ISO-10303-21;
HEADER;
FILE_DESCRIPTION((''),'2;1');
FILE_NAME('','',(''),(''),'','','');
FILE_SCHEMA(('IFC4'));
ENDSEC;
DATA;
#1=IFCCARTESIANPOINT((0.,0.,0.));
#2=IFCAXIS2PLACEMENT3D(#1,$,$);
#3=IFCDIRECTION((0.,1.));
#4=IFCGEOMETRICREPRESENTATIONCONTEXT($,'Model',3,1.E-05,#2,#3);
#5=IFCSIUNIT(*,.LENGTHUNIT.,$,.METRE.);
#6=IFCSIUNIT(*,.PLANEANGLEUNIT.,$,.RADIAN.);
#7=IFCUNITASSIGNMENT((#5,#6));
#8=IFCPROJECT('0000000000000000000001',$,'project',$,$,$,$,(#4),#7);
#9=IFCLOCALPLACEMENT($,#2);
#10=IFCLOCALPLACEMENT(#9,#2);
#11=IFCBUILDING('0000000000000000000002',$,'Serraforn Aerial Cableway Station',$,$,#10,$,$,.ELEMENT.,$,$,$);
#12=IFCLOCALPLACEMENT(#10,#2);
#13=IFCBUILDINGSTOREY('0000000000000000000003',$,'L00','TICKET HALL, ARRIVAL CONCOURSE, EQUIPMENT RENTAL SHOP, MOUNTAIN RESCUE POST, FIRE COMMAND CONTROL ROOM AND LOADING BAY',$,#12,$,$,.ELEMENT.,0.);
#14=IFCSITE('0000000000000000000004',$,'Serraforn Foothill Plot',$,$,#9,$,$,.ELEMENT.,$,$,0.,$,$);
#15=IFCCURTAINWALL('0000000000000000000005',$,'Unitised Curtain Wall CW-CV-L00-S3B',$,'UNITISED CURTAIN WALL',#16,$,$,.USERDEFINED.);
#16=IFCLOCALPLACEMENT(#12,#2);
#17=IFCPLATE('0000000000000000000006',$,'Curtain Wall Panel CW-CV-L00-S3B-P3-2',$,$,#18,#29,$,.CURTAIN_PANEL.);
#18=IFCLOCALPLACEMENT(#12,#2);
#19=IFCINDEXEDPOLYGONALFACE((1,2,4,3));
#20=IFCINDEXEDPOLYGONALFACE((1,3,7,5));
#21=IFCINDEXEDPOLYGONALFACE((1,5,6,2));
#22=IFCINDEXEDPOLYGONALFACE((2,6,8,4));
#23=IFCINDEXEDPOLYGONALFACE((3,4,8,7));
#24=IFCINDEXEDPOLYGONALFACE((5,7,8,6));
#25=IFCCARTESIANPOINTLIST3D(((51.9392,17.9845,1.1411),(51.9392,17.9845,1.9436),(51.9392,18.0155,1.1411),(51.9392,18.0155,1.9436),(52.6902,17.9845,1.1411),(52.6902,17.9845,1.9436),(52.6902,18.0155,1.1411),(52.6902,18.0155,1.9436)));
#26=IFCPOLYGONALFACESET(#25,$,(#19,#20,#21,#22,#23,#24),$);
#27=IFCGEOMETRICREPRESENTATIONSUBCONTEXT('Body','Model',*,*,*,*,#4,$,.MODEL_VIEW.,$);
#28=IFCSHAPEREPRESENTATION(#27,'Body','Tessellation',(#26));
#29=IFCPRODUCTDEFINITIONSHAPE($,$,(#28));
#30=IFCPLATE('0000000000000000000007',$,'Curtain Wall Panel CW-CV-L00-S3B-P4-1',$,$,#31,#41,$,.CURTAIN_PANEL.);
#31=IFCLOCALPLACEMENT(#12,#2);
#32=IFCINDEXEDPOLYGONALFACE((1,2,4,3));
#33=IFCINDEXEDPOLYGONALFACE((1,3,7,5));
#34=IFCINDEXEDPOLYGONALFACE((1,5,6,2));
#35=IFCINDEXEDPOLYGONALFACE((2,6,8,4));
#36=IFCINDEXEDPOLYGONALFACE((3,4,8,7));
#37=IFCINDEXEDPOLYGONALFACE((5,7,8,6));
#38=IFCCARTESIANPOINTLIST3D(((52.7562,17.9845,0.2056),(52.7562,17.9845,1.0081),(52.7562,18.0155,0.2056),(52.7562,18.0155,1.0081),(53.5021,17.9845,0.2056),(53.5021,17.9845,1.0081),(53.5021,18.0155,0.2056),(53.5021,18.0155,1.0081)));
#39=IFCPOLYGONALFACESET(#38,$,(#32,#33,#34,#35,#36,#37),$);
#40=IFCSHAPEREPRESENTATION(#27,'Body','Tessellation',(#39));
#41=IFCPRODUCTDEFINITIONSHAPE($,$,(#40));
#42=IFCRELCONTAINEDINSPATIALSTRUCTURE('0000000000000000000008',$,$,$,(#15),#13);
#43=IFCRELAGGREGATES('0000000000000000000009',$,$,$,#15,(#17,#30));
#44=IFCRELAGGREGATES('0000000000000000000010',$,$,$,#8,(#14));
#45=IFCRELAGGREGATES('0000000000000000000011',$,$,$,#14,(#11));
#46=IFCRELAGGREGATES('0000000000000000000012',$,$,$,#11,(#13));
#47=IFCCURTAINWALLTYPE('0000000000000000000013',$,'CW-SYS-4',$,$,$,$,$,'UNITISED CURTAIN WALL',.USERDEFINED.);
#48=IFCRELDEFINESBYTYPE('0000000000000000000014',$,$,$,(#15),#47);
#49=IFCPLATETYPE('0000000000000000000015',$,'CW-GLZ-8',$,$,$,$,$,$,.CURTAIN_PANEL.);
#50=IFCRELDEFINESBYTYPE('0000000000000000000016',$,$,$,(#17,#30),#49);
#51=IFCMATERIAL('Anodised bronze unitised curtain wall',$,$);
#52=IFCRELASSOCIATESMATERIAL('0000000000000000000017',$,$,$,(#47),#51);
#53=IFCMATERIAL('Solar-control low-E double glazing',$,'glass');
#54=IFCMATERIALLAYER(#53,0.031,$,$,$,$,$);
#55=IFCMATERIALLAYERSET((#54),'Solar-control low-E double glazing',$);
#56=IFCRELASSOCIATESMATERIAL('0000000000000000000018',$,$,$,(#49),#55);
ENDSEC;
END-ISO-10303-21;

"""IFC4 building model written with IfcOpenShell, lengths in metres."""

from ifc_helpers import new_model, si_unit, direction, frame, origin, origin_2d, place, context, subcontext, project, spatial, rectangle, extrude, material, layer, layer_set, type_object, element, aggregate, save


model = new_model("IFC4")

# Units and contexts
model_context = context("Model", 3, precision=1e-05, world=origin(), true_north=direction((0.0, 1.0)))
body_context = subcontext(model_context, "Body", "Model", "MODEL_VIEW")
ifc_project = project(units=[si_unit("LENGTHUNIT", "METRE"), si_unit("PLANEANGLEUNIT", "RADIAN")], contexts=[model_context])

# Site, building, storey
site_placement = place(None, origin())
site = spatial("IfcSite", under=ifc_project, at=site_placement, Name="Serraforn Foothill Plot", CompositionType="ELEMENT", RefElevation=0.0)
building_placement = place(site_placement, origin())
building = spatial("IfcBuilding", under=site, at=building_placement, Name="Serraforn Aerial Cableway Station", CompositionType="ELEMENT")
storey_placement = place(building_placement, origin())
storey = spatial("IfcBuildingStorey", under=building, at=storey_placement, Name="L00", Description="TICKET HALL, ARRIVAL CONCOURSE, EQUIPMENT RENTAL SHOP, MOUNTAIN RESCUE POST, FIRE COMMAND CONTROL ROOM AND LOADING BAY", CompositionType="ELEMENT", Elevation=0.0)

# Curtain wall
ifc_material_1 = material(Name="Anodised bronze unitised curtain wall")
curtain_wall_type_1 = type_object("IfcCurtainWallType", Name="CW-SYS-4", ElementType="UNITISED CURTAIN WALL", PredefinedType="USERDEFINED", material=ifc_material_1)
curtain_wall_1_placement = place(storey_placement, origin())
curtain_wall_1 = element("IfcCurtainWall", 1, at=curtain_wall_1_placement, inside=storey, type_object=curtain_wall_type_1, Name="Unitised Curtain Wall CW-CV-L00-S3B", ObjectType="UNITISED CURTAIN WALL", PredefinedType="USERDEFINED")

# Plates
ifc_material_2 = material(Name="Solar-control low-E double glazing", Category="glass")
ifc_layer_1 = layer(ifc_material_2, 0.031)
ifc_layer_set_1 = layer_set([ifc_layer_1], Name="Solar-control low-E double glazing")
plate_type_1 = type_object("IfcPlateType", Name="CW-GLZ-8", PredefinedType="CURTAIN_PANEL", material=ifc_layer_set_1)
plate_1_placement = place(storey_placement, frame((52.3147, 18.0, 1.1411), z_axis=(0.0, 0.0, 1.0), x_axis=(1.0, 0.0, 0.0)))
plate_1 = element("IfcPlate", 2, at=plate_1_placement, type_object=plate_type_1, Name="Curtain Wall Panel CW-CV-L00-S3B-P3-2", PredefinedType="CURTAIN_PANEL", context=body_context, shape_type="SweptSolid", body=[
    extrude(rectangle(XDim=0.751, YDim=0.031, at=origin_2d()), origin(), (0.0, 0.0, 1.0), 0.8025),
])
plate_2_placement = place(storey_placement, frame((53.1292, 18.0, 0.2056), z_axis=(0.0, 0.0, 1.0), x_axis=(1.0, 0.0, 0.0)))
plate_2 = element("IfcPlate", 3, at=plate_2_placement, type_object=plate_type_1, Name="Curtain Wall Panel CW-CV-L00-S3B-P4-1", PredefinedType="CURTAIN_PANEL", context=body_context, shape_type="SweptSolid", body=[
    extrude(rectangle(XDim=0.7458, YDim=0.031, at=origin_2d()), origin(), (0.0, 0.0, 1.0), 0.8025),
])
aggregate(curtain_wall_1, [plate_1, plate_2])

save(model, "model.ifc")
